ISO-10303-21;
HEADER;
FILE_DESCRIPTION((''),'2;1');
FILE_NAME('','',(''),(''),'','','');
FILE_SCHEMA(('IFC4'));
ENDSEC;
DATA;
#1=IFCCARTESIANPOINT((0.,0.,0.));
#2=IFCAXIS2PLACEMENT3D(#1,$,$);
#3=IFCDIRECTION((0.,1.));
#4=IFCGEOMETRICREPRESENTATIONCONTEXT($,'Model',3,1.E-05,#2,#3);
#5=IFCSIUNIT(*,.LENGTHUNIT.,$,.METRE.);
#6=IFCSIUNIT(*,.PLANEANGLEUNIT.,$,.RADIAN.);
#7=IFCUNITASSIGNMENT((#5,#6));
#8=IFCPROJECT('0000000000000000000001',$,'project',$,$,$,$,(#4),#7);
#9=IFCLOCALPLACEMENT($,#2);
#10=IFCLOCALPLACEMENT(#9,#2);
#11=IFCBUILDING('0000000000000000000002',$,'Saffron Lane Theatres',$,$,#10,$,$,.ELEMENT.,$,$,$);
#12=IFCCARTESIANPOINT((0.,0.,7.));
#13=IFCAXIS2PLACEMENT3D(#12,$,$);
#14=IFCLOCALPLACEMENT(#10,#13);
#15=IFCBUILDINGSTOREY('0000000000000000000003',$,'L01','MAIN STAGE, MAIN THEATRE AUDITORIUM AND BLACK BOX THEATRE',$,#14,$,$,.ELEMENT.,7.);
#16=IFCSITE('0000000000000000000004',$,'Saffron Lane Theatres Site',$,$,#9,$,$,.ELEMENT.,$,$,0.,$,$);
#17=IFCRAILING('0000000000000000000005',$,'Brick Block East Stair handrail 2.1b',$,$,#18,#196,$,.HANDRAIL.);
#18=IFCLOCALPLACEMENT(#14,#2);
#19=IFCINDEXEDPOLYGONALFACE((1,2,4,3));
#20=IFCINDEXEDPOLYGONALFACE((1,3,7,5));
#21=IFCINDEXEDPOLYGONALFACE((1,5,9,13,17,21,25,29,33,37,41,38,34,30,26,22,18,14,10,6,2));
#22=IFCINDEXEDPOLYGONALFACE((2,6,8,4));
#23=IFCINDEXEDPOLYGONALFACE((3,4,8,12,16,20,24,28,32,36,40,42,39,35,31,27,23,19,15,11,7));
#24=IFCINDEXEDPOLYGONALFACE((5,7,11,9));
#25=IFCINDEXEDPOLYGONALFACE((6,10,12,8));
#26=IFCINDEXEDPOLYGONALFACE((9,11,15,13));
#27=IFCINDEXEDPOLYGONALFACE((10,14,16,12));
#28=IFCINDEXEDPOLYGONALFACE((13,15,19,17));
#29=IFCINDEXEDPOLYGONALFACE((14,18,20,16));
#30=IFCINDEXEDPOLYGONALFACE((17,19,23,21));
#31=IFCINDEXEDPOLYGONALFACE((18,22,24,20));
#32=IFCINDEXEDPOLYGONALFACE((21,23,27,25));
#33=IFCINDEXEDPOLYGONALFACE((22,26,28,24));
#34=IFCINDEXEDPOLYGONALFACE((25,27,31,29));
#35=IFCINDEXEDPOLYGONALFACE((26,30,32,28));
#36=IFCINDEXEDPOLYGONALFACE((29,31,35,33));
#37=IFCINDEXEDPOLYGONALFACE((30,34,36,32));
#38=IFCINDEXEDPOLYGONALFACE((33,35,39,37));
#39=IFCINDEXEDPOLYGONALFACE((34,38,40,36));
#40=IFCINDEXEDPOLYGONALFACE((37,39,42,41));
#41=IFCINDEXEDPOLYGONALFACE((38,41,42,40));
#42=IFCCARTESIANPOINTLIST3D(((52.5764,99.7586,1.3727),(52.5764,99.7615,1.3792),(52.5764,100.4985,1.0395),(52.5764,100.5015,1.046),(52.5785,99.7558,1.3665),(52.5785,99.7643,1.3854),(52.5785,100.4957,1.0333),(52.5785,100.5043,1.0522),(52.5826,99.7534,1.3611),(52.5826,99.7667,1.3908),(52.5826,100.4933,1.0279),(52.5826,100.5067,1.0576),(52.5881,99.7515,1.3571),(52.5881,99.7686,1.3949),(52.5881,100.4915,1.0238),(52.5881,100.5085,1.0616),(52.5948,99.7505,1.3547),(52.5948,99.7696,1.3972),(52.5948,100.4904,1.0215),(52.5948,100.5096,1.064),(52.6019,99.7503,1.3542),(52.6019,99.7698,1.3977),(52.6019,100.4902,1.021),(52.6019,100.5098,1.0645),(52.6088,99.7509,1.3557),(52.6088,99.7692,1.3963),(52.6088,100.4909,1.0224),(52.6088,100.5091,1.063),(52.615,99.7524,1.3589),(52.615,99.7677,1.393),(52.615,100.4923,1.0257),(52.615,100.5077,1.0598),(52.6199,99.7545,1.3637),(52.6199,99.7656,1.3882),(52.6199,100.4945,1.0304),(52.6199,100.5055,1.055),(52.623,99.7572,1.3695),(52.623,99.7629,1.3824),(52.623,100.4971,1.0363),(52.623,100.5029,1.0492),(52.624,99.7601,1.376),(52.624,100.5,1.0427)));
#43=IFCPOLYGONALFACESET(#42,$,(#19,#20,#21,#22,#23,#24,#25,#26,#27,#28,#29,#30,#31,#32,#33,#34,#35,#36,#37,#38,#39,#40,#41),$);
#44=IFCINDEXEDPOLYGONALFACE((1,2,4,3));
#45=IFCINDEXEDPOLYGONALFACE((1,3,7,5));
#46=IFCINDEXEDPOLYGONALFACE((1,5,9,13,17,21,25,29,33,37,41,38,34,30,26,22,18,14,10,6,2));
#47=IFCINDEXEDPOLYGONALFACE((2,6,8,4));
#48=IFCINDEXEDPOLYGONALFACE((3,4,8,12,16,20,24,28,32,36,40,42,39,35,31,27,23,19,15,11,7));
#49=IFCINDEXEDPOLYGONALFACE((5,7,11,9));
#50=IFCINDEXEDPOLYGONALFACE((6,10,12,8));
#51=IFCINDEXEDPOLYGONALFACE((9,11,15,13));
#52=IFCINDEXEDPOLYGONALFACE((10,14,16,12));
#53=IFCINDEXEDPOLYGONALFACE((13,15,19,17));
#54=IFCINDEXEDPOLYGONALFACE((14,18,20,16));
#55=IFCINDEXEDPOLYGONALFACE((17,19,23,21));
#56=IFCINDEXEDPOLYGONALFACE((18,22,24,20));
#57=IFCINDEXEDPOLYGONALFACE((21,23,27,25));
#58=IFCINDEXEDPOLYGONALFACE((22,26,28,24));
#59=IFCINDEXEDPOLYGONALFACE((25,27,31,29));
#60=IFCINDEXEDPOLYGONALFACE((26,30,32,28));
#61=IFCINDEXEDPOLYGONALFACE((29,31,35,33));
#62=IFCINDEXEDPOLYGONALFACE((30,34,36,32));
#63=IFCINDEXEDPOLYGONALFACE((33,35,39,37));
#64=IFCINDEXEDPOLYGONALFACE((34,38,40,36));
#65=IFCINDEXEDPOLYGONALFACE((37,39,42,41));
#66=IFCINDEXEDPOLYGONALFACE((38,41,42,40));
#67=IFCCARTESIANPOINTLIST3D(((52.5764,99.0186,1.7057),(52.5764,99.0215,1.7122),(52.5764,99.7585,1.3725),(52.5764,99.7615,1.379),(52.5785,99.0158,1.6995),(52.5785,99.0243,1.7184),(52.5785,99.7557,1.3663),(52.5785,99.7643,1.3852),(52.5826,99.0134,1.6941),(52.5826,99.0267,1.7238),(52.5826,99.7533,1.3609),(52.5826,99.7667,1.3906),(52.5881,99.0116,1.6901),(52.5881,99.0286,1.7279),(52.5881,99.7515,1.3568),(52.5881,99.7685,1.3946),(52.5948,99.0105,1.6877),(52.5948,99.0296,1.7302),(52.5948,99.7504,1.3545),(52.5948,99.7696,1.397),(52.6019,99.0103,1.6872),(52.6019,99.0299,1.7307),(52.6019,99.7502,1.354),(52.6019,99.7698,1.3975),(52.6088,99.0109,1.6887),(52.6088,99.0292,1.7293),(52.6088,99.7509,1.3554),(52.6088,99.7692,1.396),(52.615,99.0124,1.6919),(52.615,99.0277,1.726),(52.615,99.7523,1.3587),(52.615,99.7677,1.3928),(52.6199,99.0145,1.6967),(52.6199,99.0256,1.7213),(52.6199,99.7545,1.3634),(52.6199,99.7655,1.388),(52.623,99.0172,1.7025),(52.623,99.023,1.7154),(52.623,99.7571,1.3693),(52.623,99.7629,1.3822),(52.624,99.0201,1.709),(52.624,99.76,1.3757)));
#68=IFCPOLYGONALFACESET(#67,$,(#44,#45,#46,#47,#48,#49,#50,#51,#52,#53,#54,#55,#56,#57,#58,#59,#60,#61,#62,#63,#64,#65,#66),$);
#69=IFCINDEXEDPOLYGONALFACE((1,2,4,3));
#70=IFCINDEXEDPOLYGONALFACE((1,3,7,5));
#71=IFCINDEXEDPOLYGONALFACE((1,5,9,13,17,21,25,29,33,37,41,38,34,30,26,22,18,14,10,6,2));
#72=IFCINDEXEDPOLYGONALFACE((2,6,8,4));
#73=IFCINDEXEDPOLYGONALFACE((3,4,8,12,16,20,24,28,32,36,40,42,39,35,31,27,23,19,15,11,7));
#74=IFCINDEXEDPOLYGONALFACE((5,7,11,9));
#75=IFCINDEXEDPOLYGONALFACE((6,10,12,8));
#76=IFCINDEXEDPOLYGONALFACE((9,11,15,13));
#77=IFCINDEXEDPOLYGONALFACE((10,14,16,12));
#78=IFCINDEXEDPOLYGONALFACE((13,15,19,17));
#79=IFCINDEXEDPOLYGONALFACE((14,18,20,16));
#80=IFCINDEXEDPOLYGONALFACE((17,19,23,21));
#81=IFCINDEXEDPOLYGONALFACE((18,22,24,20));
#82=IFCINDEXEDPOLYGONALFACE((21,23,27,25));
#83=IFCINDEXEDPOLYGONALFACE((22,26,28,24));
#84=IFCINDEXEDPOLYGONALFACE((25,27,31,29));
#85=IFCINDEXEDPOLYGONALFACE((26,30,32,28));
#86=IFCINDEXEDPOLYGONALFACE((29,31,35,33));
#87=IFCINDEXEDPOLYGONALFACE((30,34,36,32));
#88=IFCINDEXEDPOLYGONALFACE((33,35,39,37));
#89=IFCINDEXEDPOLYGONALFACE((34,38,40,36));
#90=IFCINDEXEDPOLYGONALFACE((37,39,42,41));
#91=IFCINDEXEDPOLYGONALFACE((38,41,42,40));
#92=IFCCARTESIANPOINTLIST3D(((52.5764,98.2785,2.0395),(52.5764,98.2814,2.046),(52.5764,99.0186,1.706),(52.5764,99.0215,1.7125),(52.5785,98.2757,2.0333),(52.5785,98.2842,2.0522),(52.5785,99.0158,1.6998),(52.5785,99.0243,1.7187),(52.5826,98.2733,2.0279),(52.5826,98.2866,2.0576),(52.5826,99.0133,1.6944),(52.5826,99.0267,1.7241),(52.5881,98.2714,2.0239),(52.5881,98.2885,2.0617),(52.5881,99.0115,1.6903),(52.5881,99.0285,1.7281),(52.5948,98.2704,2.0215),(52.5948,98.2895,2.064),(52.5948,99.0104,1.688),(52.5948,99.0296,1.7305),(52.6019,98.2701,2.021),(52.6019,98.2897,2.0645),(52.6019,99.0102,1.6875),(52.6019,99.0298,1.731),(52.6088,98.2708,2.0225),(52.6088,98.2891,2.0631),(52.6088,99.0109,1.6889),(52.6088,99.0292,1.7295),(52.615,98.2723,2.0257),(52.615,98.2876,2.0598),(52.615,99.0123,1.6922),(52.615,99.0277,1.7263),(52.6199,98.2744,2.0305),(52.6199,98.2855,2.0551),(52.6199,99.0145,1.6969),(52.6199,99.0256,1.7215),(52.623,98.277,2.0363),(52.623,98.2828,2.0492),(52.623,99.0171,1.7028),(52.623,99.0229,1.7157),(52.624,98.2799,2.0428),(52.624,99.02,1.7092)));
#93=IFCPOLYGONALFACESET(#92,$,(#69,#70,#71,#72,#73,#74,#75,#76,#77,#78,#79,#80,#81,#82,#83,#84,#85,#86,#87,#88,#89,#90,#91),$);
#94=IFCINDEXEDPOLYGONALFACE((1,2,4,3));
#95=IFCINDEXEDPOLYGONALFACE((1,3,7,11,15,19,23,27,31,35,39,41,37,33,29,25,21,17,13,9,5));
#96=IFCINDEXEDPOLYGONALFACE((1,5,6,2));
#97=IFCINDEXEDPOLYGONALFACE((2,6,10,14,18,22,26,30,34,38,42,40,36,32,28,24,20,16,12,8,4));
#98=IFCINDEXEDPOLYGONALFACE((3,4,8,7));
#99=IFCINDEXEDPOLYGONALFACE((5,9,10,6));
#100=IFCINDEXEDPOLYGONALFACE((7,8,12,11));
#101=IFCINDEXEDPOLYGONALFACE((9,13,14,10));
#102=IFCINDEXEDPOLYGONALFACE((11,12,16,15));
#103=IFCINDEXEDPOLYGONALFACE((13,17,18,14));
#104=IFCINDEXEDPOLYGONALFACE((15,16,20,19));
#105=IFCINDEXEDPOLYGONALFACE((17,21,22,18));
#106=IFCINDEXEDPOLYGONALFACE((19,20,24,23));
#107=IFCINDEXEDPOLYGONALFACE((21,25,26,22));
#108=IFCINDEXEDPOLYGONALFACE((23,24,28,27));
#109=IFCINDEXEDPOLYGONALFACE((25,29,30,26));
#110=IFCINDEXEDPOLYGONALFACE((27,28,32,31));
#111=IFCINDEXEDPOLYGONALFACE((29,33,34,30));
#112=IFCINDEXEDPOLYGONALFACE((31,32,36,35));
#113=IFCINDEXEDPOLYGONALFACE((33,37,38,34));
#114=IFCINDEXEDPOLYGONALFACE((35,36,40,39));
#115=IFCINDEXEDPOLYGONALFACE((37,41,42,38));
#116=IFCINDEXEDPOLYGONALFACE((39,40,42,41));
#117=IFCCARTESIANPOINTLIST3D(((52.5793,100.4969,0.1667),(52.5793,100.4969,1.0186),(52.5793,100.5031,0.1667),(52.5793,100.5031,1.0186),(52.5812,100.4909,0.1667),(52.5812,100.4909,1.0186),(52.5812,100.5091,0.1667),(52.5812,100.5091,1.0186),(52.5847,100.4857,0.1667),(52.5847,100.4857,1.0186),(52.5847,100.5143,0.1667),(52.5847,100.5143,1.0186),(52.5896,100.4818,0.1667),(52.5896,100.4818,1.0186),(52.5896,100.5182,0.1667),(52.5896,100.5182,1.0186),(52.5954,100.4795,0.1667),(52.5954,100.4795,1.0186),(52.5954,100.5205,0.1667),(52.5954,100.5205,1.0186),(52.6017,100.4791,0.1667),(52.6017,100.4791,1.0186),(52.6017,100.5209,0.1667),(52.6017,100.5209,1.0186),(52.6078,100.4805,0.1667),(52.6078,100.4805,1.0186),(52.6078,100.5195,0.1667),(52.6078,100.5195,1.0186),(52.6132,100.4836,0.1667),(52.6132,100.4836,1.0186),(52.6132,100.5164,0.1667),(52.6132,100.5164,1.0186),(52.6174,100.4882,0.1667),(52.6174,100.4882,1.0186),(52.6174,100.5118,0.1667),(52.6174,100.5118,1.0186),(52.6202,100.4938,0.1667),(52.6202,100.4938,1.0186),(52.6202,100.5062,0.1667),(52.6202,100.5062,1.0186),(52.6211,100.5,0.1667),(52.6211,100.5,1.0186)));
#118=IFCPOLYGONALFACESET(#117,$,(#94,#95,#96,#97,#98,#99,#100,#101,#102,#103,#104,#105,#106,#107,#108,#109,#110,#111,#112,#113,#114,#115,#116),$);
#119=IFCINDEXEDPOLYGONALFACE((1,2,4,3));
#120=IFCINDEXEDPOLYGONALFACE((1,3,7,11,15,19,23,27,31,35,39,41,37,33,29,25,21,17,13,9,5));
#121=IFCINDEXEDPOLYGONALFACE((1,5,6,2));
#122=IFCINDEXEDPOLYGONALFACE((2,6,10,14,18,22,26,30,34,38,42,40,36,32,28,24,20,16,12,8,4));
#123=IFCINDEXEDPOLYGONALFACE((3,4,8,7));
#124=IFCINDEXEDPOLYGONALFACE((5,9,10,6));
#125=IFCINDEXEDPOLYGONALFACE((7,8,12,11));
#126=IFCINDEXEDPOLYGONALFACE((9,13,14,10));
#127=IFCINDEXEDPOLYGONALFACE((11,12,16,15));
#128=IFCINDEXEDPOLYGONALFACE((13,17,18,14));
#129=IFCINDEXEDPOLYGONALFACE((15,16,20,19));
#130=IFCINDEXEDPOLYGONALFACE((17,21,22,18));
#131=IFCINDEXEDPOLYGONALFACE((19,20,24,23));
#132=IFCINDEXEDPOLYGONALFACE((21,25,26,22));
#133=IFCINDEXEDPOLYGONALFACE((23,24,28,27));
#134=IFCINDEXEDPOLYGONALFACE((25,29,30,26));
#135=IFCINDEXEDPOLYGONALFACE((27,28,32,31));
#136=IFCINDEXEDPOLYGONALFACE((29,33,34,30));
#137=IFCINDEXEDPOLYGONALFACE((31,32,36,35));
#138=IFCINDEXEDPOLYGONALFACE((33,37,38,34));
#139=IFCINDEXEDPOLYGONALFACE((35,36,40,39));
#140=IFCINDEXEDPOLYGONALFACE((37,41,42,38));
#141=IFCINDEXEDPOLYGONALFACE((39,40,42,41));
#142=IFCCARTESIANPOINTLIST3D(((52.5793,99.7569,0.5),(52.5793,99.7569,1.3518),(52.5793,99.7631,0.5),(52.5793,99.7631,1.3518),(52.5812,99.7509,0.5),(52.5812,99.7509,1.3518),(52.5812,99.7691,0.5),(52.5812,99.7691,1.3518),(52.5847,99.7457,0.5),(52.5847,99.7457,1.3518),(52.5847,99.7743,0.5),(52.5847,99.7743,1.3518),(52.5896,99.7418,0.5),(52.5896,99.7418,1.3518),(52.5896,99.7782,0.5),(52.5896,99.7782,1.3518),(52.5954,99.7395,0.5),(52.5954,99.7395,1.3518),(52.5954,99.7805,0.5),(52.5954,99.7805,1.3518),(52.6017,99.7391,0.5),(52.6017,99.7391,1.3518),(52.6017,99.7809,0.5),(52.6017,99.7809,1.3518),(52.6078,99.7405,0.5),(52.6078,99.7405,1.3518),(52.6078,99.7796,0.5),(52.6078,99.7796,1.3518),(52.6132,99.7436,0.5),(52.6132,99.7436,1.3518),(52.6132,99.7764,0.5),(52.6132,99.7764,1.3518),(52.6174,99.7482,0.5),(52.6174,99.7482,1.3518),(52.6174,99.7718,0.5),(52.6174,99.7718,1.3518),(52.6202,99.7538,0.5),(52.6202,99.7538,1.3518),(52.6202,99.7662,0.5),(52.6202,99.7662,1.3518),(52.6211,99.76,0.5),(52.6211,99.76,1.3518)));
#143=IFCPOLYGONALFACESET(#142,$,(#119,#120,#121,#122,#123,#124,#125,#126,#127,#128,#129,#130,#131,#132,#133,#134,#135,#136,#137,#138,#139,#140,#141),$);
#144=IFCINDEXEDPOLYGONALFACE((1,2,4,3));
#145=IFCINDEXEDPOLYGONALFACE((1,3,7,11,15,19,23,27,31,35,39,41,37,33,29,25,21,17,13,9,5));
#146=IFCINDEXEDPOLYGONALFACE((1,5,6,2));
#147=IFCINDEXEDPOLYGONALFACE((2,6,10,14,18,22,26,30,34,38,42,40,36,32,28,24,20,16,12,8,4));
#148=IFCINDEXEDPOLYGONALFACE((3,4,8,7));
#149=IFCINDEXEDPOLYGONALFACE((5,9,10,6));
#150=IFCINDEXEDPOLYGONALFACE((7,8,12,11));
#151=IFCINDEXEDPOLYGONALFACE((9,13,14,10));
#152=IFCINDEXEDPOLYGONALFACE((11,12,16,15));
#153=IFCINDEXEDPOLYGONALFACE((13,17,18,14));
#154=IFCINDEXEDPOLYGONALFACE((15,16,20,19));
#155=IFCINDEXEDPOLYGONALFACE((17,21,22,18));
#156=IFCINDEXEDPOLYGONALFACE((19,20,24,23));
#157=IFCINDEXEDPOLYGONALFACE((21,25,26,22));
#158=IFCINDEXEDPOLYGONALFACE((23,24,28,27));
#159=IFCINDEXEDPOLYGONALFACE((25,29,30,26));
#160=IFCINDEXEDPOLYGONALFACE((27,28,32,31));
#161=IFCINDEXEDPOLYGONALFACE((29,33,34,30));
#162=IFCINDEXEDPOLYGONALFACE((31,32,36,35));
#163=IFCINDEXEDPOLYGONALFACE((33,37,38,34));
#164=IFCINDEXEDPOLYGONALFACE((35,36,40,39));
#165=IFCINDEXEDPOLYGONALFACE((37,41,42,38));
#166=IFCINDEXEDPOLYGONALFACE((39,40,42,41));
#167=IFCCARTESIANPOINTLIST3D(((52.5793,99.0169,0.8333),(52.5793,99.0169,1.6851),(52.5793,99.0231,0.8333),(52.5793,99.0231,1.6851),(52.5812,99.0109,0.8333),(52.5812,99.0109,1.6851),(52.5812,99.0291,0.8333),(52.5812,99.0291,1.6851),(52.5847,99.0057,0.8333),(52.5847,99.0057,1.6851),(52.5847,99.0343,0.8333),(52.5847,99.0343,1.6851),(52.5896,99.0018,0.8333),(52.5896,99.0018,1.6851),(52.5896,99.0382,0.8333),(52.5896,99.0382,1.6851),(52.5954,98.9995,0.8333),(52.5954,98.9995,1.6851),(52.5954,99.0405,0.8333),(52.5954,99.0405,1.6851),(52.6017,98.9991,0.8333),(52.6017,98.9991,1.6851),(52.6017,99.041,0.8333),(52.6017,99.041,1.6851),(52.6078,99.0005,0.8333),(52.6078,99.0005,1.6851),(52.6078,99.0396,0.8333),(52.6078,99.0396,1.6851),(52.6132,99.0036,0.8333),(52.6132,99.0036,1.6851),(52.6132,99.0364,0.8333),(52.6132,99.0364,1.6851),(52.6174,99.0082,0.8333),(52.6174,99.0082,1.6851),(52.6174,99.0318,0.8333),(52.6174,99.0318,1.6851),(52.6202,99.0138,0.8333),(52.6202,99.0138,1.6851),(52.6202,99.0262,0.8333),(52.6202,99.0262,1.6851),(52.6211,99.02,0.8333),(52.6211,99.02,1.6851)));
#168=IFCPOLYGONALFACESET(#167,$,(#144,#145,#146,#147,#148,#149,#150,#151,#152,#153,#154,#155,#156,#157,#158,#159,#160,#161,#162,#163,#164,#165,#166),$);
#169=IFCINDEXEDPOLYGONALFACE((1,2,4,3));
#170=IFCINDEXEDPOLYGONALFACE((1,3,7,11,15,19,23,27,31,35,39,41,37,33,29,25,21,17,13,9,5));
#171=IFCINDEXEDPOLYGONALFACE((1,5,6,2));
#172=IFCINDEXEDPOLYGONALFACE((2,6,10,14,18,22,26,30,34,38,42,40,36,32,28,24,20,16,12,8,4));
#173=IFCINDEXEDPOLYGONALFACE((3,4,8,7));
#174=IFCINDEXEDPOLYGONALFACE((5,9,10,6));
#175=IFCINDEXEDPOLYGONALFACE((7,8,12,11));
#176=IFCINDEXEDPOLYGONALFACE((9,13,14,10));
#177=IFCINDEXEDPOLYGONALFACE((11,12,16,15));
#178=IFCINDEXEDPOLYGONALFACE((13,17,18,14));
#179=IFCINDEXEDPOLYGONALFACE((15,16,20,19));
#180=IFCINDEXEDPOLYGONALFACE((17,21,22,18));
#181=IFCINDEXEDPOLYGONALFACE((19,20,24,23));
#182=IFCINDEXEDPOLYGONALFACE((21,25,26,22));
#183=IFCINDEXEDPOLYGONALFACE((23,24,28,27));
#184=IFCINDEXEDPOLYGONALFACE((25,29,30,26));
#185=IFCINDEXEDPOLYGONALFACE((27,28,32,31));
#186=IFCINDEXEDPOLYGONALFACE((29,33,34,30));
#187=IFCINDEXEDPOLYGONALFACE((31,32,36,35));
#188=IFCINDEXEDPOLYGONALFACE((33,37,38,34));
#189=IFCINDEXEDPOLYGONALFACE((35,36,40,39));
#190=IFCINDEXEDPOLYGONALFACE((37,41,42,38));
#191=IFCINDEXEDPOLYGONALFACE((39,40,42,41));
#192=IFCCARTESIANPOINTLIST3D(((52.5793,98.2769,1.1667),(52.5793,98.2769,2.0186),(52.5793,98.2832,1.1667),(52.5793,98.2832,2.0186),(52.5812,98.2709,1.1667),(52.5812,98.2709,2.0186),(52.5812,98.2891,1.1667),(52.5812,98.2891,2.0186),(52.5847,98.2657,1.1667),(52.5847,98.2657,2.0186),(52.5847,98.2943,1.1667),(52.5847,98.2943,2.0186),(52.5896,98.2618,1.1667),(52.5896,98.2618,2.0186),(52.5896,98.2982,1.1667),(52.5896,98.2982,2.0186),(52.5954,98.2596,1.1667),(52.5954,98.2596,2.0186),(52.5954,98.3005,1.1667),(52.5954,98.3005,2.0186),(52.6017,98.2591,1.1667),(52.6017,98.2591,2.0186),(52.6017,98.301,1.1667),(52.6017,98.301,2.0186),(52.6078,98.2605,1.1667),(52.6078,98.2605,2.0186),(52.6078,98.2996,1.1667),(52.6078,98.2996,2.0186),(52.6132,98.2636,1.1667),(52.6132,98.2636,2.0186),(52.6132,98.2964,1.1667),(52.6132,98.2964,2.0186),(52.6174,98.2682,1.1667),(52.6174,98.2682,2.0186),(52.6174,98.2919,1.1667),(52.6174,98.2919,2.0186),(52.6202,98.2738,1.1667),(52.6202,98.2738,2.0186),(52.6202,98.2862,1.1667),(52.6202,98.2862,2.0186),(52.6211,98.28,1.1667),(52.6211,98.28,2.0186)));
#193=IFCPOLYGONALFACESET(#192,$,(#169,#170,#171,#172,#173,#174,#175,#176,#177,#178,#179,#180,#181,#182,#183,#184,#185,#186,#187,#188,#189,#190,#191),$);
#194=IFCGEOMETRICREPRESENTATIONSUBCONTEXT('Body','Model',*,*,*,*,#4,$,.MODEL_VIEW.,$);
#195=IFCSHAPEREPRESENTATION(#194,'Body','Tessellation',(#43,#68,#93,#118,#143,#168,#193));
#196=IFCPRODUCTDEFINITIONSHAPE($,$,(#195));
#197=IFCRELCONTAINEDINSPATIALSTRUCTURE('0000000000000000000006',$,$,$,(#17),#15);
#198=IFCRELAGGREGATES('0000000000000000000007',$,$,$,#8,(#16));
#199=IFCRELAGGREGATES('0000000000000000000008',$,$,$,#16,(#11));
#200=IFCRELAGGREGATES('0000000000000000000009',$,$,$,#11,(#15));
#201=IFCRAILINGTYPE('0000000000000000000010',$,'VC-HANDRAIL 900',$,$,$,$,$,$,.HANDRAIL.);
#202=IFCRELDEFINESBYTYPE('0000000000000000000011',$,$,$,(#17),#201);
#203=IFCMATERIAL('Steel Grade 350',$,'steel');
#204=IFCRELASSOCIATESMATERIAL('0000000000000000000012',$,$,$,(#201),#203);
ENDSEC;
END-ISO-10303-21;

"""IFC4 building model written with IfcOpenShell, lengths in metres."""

from ifc_helpers import new_model, si_unit, direction, frame, origin, origin_2d, place, context, subcontext, project, spatial, circle, extrude, material, type_object, element, save


model = new_model("IFC4")

# Units and contexts
model_context = context("Model", 3, precision=1e-05, world=origin(), true_north=direction((0.0, 1.0)))
body_context = subcontext(model_context, "Body", "Model", "MODEL_VIEW")
ifc_project = project(units=[si_unit("LENGTHUNIT", "METRE"), si_unit("PLANEANGLEUNIT", "RADIAN")], contexts=[model_context])

# Site, building, storey
site_placement = place(None, origin())
site = spatial("IfcSite", under=ifc_project, at=site_placement, Name="Saffron Lane Theatres Site", CompositionType="ELEMENT", RefElevation=0.0)
building_placement = place(site_placement, origin())
building = spatial("IfcBuilding", under=site, at=building_placement, Name="Saffron Lane Theatres", CompositionType="ELEMENT")
storey_placement = place(building_placement, frame((0.0, 0.0, 7.0)))
storey = spatial("IfcBuildingStorey", under=building, at=storey_placement, Name="L01", Description="MAIN STAGE, MAIN THEATRE AUDITORIUM AND BLACK BOX THEATRE", CompositionType="ELEMENT", Elevation=7.0)

# Railing
ifc_material_1 = material(Name="Steel Grade 350", Category="steel")
railing_type_1 = type_object("IfcRailingType", Name="VC-HANDRAIL 900", PredefinedType="HANDRAIL", material=ifc_material_1)
for number, where, name in (
    (1, (52.6001, 100.5, 0.1667), "Brick Block East Stair handrail 2.1b"),
):
    element("IfcRailing", number, at=place(storey_placement, frame(where)), inside=storey, type_object=railing_type_1, Name=name, PredefinedType="HANDRAIL", context=body_context, shape_type="SweptSolid", body=[
        extrude(circle(Radius=0.0239, at=origin_2d()), frame((0.0, 0.0, 0.876), z_axis=(0.0, -0.911803, 0.410627), x_axis=(1.0, 0.0, 0.0)), (0.0, 0.0, 1.0), 0.8115),
        extrude(circle(Radius=0.0239, at=origin_2d()), frame((0.0, -0.74, 1.209), z_axis=(0.0, -0.911803, 0.410627), x_axis=(1.0, 0.0, 0.0)), (0.0, 0.0, 1.0), 0.8115),
        extrude(circle(Radius=0.0239, at=origin_2d()), frame((0.0, -1.48, 1.5425), z_axis=(0.0, -0.911691, 0.410877), x_axis=(1.0, 0.0, 0.0)), (0.0, 0.0, 1.0), 0.8118),
        extrude(circle(Radius=0.021, at=origin_2d()), origin(), (0.0, 0.0, 1.0), 0.8518),
        extrude(circle(Radius=0.021, at=origin_2d()), frame((0.0, -0.74, 0.3333)), (0.0, 0.0, 1.0), 0.8518),
        extrude(circle(Radius=0.021, at=origin_2d()), frame((0.0, -1.48, 0.6665)), (0.0, 0.0, 1.0), 0.8518),
        extrude(circle(Radius=0.021, at=origin_2d()), frame((0.0, -2.22, 1.0)), (0.0, 0.0, 1.0), 0.8518),
    ])

save(model, "model.ifc")
